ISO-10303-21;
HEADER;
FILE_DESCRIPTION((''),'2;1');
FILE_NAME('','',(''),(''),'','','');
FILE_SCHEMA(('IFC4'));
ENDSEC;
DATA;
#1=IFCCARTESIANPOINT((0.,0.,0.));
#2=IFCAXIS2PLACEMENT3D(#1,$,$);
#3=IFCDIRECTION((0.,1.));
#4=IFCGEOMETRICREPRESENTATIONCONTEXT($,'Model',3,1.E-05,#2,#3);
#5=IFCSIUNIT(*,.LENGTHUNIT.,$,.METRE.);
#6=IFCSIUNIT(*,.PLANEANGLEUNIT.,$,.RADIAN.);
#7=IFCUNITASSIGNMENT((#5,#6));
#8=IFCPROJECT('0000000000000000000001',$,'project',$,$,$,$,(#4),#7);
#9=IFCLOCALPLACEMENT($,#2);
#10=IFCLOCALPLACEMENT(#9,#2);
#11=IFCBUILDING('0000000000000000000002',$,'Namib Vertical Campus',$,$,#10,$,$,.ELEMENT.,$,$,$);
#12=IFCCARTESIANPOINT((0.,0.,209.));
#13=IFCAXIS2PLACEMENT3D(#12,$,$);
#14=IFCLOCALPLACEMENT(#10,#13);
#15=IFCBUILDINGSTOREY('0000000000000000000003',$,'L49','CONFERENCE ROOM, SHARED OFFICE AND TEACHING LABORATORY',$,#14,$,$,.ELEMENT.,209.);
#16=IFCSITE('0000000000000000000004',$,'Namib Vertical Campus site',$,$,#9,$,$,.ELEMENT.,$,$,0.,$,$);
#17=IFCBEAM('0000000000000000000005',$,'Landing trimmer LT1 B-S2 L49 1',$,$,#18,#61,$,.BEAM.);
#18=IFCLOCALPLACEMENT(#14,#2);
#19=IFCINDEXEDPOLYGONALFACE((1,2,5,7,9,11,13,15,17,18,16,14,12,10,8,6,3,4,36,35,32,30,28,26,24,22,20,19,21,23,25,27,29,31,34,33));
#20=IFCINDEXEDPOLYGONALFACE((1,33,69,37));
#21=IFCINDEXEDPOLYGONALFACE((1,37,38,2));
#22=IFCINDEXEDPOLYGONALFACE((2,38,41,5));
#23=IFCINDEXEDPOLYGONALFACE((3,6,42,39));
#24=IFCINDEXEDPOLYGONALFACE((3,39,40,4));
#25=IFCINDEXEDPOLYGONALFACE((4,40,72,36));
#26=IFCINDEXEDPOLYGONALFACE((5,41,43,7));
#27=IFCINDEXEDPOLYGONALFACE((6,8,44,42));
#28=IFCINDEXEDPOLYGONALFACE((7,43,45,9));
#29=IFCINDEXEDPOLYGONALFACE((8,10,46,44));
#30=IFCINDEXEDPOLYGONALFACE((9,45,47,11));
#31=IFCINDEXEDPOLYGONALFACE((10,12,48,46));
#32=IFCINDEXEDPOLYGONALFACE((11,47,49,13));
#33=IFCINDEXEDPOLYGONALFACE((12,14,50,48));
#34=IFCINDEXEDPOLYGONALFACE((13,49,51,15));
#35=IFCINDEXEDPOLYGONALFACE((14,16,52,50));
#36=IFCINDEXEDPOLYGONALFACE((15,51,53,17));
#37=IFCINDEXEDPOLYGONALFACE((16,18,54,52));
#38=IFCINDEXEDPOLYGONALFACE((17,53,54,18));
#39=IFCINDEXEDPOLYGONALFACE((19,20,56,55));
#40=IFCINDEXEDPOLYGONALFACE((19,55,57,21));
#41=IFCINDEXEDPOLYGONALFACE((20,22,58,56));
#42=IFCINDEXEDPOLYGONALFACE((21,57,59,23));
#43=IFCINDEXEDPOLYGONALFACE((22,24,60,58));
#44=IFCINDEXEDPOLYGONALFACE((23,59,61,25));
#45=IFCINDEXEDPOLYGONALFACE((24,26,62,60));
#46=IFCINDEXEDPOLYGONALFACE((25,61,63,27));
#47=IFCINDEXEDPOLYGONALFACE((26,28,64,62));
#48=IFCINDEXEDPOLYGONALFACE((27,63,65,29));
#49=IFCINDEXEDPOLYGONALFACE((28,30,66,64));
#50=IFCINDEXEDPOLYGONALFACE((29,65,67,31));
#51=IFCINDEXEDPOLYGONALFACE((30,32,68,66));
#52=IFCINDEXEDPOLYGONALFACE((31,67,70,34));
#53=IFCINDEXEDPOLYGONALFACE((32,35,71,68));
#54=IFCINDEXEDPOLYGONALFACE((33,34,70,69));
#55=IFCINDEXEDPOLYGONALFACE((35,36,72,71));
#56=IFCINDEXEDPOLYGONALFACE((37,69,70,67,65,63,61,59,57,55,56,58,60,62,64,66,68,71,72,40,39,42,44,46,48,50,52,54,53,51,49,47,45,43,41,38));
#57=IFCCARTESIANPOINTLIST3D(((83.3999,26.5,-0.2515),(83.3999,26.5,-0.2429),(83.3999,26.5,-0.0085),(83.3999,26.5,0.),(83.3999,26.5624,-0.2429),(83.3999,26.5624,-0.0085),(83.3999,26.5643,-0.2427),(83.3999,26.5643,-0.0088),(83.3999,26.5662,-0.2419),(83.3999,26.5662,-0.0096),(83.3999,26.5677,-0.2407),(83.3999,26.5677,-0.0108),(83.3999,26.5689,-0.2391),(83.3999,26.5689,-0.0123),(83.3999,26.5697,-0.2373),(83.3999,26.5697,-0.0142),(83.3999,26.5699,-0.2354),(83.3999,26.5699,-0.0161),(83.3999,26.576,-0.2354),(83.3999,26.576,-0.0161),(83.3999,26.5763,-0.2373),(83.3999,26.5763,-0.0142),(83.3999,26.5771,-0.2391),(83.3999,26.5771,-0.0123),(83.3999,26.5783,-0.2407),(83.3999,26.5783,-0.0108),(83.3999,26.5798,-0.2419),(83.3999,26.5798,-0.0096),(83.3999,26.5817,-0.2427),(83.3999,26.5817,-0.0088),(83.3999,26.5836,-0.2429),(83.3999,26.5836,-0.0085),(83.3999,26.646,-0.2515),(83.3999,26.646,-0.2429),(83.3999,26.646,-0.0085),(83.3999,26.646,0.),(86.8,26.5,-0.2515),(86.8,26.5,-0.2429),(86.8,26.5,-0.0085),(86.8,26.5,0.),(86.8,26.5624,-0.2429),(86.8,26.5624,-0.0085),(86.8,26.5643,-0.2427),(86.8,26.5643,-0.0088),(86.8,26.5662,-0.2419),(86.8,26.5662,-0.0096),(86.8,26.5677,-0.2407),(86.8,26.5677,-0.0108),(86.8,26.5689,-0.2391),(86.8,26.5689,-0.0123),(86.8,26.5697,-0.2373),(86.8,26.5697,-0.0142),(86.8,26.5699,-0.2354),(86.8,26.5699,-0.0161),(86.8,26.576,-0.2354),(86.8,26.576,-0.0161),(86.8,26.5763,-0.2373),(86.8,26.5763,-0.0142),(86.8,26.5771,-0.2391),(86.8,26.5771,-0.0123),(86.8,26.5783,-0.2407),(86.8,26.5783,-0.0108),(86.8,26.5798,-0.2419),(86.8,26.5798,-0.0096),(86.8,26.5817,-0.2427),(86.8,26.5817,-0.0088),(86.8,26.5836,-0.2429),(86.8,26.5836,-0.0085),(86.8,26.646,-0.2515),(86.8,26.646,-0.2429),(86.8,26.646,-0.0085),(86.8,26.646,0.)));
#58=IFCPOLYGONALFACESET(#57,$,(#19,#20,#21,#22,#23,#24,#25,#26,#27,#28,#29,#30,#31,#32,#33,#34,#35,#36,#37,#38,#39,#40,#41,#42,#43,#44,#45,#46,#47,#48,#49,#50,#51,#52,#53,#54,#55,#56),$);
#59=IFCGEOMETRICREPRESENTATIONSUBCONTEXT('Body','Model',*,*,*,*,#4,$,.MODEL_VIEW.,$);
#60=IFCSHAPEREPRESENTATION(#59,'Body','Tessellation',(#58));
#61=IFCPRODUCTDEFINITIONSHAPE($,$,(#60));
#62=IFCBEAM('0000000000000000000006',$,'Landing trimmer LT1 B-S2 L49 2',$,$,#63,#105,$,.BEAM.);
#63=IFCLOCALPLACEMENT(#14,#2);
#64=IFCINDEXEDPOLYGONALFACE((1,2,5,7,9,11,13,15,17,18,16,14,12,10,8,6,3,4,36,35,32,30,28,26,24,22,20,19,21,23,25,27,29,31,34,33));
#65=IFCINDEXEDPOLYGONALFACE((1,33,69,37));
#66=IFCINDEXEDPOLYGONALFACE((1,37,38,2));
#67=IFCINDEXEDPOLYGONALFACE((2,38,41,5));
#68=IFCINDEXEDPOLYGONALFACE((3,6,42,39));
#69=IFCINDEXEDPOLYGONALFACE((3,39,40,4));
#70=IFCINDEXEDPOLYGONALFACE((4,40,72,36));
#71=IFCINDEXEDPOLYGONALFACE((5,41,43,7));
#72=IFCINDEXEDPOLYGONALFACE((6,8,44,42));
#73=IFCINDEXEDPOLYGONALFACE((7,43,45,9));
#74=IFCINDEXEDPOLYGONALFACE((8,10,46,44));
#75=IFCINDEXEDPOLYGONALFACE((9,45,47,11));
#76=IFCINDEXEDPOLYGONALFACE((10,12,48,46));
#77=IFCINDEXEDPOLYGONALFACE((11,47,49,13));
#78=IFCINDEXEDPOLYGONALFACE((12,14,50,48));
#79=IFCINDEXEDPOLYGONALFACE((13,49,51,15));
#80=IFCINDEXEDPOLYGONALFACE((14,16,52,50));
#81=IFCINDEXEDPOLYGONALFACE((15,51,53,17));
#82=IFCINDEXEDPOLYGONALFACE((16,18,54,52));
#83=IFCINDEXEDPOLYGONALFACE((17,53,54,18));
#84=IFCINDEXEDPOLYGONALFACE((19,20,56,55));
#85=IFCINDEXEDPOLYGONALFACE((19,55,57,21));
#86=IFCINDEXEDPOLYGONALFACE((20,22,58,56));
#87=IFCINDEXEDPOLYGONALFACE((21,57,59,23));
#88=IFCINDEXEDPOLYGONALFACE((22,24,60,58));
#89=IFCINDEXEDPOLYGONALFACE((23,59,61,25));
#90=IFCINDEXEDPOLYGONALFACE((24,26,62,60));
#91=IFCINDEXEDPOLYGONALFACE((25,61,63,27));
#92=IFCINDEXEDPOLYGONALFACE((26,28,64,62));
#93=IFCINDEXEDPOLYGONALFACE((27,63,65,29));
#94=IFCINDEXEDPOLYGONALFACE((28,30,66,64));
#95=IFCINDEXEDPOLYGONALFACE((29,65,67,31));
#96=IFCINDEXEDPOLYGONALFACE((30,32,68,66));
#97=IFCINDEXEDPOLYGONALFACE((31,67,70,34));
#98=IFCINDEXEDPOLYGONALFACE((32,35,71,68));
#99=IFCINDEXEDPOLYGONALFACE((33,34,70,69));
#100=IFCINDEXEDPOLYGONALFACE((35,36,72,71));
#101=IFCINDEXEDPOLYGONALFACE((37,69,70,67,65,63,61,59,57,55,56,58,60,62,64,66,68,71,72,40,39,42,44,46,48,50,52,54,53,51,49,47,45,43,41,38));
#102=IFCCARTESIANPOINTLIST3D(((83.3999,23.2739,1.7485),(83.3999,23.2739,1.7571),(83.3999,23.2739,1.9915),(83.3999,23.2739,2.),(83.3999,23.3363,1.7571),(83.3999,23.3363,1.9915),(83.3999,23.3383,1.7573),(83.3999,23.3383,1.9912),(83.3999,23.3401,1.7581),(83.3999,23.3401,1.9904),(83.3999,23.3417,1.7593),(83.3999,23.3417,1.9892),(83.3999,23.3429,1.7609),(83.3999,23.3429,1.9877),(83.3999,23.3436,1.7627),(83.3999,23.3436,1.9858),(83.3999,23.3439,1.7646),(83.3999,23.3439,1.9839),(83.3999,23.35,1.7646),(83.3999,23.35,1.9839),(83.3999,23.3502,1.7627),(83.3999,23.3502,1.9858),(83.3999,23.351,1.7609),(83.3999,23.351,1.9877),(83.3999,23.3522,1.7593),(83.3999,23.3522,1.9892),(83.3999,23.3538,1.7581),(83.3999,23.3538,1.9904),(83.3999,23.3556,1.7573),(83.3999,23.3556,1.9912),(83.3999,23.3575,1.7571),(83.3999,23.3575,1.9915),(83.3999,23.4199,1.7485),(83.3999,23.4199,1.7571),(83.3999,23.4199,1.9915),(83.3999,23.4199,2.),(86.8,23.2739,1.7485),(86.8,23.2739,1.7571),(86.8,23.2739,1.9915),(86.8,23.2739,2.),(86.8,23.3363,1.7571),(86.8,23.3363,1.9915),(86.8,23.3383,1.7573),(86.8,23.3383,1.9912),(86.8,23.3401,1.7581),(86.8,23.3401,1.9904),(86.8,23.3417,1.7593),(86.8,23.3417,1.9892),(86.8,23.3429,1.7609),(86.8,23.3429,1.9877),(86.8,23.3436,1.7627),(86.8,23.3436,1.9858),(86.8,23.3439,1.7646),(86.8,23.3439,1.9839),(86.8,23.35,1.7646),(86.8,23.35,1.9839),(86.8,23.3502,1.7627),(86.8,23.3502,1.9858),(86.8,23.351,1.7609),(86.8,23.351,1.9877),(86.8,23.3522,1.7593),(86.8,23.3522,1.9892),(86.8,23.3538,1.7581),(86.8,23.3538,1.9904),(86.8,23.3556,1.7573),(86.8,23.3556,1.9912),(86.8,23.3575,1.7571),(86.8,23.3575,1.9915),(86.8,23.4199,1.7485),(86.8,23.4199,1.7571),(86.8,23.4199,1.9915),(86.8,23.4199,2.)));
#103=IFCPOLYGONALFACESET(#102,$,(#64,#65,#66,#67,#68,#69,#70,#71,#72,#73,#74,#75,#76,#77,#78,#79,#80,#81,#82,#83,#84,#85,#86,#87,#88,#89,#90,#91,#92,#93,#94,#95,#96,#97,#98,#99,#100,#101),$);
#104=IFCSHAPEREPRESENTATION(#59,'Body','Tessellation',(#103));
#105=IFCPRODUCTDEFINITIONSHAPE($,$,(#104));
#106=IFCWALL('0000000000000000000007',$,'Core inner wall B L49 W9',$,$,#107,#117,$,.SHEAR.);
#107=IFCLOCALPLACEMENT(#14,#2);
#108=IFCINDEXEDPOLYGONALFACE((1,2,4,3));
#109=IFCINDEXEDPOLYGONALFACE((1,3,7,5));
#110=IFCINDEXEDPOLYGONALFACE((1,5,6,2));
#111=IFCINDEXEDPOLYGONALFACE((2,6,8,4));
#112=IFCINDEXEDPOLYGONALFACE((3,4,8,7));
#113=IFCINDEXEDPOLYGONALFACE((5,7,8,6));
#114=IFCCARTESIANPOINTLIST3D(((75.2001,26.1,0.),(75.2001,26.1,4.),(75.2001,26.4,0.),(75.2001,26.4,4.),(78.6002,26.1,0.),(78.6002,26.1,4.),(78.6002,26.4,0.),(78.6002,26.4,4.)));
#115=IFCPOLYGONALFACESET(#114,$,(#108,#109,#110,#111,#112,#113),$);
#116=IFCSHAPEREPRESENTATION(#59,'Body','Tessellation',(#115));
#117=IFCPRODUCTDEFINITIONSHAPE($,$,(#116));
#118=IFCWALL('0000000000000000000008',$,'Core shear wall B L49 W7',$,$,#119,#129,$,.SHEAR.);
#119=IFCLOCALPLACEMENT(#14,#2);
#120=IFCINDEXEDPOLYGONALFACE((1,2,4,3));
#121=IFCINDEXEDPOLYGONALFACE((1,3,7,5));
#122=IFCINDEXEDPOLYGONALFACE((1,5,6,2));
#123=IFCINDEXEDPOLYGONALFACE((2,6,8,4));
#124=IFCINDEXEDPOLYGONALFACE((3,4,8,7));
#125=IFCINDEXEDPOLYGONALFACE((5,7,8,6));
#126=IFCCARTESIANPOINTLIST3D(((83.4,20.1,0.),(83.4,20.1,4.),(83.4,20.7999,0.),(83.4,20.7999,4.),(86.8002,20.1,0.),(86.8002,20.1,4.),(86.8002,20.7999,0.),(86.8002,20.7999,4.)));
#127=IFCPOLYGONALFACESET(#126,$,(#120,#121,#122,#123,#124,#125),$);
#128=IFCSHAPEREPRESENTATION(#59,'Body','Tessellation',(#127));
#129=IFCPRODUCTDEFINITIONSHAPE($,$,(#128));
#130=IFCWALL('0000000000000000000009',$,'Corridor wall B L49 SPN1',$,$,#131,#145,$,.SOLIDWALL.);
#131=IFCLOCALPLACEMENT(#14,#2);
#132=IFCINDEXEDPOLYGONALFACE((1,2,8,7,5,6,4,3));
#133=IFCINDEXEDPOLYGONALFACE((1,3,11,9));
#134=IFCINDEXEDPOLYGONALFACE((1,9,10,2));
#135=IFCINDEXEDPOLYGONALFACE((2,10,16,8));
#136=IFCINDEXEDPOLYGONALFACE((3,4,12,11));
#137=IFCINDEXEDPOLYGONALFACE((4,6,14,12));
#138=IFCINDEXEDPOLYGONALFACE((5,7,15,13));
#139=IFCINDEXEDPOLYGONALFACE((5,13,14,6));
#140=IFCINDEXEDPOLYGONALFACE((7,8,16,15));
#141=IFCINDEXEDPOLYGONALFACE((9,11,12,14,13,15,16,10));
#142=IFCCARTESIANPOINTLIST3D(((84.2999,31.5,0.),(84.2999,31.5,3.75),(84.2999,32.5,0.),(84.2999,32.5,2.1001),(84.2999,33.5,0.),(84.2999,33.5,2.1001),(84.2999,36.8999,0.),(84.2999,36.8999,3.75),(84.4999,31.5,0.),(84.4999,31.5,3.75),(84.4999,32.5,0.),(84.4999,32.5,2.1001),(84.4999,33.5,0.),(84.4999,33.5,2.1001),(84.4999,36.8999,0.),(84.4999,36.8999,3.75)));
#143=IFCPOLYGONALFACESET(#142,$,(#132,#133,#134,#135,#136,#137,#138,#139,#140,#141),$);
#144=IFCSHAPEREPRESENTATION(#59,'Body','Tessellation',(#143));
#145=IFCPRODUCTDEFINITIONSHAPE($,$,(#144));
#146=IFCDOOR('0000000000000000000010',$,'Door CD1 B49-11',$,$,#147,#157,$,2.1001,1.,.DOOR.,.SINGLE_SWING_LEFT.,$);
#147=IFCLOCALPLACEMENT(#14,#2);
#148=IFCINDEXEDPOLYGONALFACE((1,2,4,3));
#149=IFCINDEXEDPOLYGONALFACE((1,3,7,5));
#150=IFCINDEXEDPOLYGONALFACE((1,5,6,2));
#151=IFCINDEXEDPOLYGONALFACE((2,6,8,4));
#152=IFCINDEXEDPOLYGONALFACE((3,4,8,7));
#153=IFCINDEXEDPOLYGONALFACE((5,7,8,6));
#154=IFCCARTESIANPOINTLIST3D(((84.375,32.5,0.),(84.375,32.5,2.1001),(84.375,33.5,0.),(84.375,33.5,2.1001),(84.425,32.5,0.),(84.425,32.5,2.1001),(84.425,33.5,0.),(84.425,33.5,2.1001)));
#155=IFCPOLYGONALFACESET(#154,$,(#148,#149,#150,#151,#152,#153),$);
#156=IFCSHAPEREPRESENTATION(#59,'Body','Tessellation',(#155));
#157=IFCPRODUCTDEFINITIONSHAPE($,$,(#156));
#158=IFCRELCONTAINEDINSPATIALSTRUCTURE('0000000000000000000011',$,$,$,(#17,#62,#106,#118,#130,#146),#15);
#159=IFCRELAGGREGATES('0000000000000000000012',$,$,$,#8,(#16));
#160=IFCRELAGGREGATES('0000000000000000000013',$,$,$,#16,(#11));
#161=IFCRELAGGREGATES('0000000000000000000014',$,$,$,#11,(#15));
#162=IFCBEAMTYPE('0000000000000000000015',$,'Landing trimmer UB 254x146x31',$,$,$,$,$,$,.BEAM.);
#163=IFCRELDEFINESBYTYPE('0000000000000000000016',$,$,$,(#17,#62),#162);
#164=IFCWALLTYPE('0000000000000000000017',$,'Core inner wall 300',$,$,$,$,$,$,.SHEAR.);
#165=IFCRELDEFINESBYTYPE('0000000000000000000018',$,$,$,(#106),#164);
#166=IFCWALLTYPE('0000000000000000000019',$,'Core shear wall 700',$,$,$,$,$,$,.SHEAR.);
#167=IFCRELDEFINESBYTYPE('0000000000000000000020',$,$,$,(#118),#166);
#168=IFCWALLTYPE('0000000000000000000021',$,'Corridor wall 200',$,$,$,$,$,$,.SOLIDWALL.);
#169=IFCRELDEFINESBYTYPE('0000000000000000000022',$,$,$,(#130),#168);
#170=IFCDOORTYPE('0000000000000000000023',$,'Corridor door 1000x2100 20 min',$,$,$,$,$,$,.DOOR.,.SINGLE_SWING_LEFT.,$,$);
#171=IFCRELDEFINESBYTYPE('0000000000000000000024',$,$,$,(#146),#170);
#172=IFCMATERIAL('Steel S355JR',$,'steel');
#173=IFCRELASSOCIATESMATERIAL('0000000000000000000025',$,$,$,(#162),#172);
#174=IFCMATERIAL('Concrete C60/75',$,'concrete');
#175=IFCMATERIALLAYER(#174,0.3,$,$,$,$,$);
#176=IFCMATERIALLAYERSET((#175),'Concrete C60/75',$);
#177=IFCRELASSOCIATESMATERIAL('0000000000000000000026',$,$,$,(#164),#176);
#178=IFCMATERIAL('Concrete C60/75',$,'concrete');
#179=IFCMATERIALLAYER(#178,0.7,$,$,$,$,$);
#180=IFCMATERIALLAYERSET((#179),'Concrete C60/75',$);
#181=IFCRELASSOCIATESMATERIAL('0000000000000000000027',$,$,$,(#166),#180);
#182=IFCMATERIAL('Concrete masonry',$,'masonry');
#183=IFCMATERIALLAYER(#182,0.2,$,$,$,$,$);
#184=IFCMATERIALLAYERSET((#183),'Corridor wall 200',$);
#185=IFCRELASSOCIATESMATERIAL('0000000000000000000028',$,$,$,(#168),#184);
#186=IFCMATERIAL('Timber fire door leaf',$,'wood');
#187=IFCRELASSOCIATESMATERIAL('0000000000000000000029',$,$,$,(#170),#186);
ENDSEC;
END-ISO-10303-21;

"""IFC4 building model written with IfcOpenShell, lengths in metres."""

from ifc_helpers import new_model, si_unit, direction, frame, frame_2d, origin, origin_2d, place, context, subcontext, project, spatial, rectangle, i_section, extrude, material, layer, layer_set, material_profile, profile_set, type_object, element, fill, save


model = new_model("IFC4")

# Units and contexts
model_context = context("Model", 3, precision=1e-05, world=origin(), true_north=direction((0.0, 1.0)))
body_context = subcontext(model_context, "Body", "Model", "MODEL_VIEW")
ifc_project = project(units=[si_unit("LENGTHUNIT", "METRE"), si_unit("PLANEANGLEUNIT", "RADIAN")], contexts=[model_context])

# Site, building, storey
site_placement = place(None, origin())
site = spatial("IfcSite", under=ifc_project, at=site_placement, Name="Namib Vertical Campus site", CompositionType="ELEMENT", RefElevation=0.0)
building_placement = place(site_placement, origin())
building = spatial("IfcBuilding", under=site, at=building_placement, Name="Namib Vertical Campus", CompositionType="ELEMENT")
storey_placement = place(building_placement, frame((0.0, 0.0, 209.0)))
storey = spatial("IfcBuildingStorey", under=building, at=storey_placement, Name="L49", Description="CONFERENCE ROOM, SHARED OFFICE AND TEACHING LABORATORY", CompositionType="ELEMENT", Elevation=209.0)

# Beams
ifc_material_1 = material(Name="Steel S355JR", Category="steel")
ifc_material_profile = material_profile(ifc_material_1, i_section(OverallWidth=0.146, OverallDepth=0.2515, WebThickness=0.0061, FlangeThickness=0.0085, FilletRadius=0.0076, at=origin_2d()))
ifc_profile_set = profile_set([ifc_material_profile], Name="Steel S355JR")
beam_type = type_object("IfcBeamType", Name="Landing trimmer UB 254x146x31", PredefinedType="BEAM", material=ifc_profile_set)
for number, where, z_axis, x_axis, name in (
    (1, (83.3999, 26.573, -0.1257), (1.0, 0.0, 0.0), (0.0, 1.0, 0.0), "Landing trimmer LT1 B-S2 L49 1"),
    (2, (83.3999, 23.3469, 1.8743), (1.0, 0.0, 0.0), (0.0, 1.0, 0.0), "Landing trimmer LT1 B-S2 L49 2"),
):
    element("IfcBeam", number, at=place(storey_placement, frame(where, z_axis=z_axis, x_axis=x_axis)), inside=storey, type_object=beam_type, Name=name, PredefinedType="BEAM", context=body_context, shape_type="SweptSolid", body=[
        extrude(i_section(OverallWidth=0.146, OverallDepth=0.2515, WebThickness=0.0061, FlangeThickness=0.0085, FilletRadius=0.0076, at=origin_2d()), origin(), (0.0, 0.0, 1.0), 3.4001),
    ])

# Walls
ifc_material_2 = material(Name="Concrete C60/75", Category="concrete")
ifc_layer_1 = layer(ifc_material_2, 0.3)
ifc_layer_set_1 = layer_set([ifc_layer_1], Name="Concrete C60/75")
wall_type_1 = type_object("IfcWallType", Name="Core inner wall 300", PredefinedType="SHEAR", material=ifc_layer_set_1)
wall_1_placement = place(storey_placement, frame((75.2, 26.25, 0.0), z_axis=(0.0, 0.0, 1.0), x_axis=(1.0, 0.0, 0.0)))
element("IfcWall", 3, at=wall_1_placement, inside=storey, type_object=wall_type_1, Name="Core inner wall B L49 W9", PredefinedType="SHEAR", context=body_context, shape_type="SweptSolid", body=[
    extrude(rectangle(XDim=3.4001, YDim=0.3, at=frame_2d((1.7002, 0.0))), origin(), (0.0, 0.0, 1.0), 4.0),
])
ifc_material_3 = material(Name="Concrete C60/75", Category="concrete")
ifc_layer_2 = layer(ifc_material_3, 0.7)
ifc_layer_set_2 = layer_set([ifc_layer_2], Name="Concrete C60/75")
wall_type_2 = type_object("IfcWallType", Name="Core shear wall 700", PredefinedType="SHEAR", material=ifc_layer_set_2)
wall_2_placement = place(storey_placement, frame((83.3999, 20.45, 0.0), z_axis=(0.0, 0.0, 1.0), x_axis=(1.0, 0.0, 0.0)))
element("IfcWall", 4, at=wall_2_placement, inside=storey, type_object=wall_type_2, Name="Core shear wall B L49 W7", PredefinedType="SHEAR", context=body_context, shape_type="SweptSolid", body=[
    extrude(rectangle(XDim=3.4001, YDim=0.7, at=frame_2d((1.7002, 0.0))), origin(), (0.0, 0.0, 1.0), 4.0),
])

# Wall, opening, door
ifc_material_4 = material(Name="Concrete masonry", Category="masonry")
ifc_layer_3 = layer(ifc_material_4, 0.2)
ifc_layer_set_3 = layer_set([ifc_layer_3], Name="Corridor wall 200")
wall_type_3 = type_object("IfcWallType", Name="Corridor wall 200", PredefinedType="SOLIDWALL", material=ifc_layer_set_3)
wall_3_placement = place(storey_placement, frame((84.3999, 31.5, 0.0), z_axis=(0.0, 0.0, 1.0), x_axis=(0.0, 1.0, 0.0)))
wall_3 = element("IfcWall", 5, at=wall_3_placement, inside=storey, type_object=wall_type_3, Name="Corridor wall B L49 SPN1", PredefinedType="SOLIDWALL", context=body_context, shape_type="SweptSolid", body=[
    extrude(rectangle(XDim=5.3999, YDim=0.2, at=frame_2d((2.7, 0.0))), origin(), (0.0, 0.0, 1.0), 3.75),
])
opening_1_placement = place(wall_3_placement, frame((1.0, 0.0, 0.0)))
opening_1 = element("IfcOpeningElement", 6, at=opening_1_placement, cuts=wall_3, PredefinedType="OPENING", context=body_context, shape_type="SweptSolid", body=[
    extrude(rectangle(XDim=1.0, YDim=2.1001, at=frame_2d((0.5, 1.05))), frame((0.0, 0.1099, 0.0), z_axis=(0.0, -1.0, 0.0), x_axis=(1.0, 0.0, 0.0)), (0.0, 0.0, 1.0), 0.22),
])
ifc_material_5 = material(Name="Timber fire door leaf", Category="wood")
door_type_1 = type_object("IfcDoorType", Name="Corridor door 1000x2100 20 min", OperationType="SINGLE_SWING_LEFT", PredefinedType="DOOR", material=ifc_material_5)
door_1_placement = place(opening_1_placement, origin())
door_1 = element("IfcDoor", 7, at=door_1_placement, inside=storey, type_object=door_type_1, Name="Door CD1 B49-11", OperationType="SINGLE_SWING_LEFT", OverallHeight=2.1001, OverallWidth=1.0, PredefinedType="DOOR", context=body_context, shape_type="SweptSolid", body=[
    extrude(rectangle(XDim=1.0, YDim=2.1001, at=frame_2d((0.5, 1.05))), frame((0.0, 0.0249, 0.0), z_axis=(0.0, -1.0, 0.0), x_axis=(1.0, 0.0, 0.0)), (0.0, 0.0, 1.0), 0.05),
])
fill(opening_1, door_1)

save(model, "model.ifc")
